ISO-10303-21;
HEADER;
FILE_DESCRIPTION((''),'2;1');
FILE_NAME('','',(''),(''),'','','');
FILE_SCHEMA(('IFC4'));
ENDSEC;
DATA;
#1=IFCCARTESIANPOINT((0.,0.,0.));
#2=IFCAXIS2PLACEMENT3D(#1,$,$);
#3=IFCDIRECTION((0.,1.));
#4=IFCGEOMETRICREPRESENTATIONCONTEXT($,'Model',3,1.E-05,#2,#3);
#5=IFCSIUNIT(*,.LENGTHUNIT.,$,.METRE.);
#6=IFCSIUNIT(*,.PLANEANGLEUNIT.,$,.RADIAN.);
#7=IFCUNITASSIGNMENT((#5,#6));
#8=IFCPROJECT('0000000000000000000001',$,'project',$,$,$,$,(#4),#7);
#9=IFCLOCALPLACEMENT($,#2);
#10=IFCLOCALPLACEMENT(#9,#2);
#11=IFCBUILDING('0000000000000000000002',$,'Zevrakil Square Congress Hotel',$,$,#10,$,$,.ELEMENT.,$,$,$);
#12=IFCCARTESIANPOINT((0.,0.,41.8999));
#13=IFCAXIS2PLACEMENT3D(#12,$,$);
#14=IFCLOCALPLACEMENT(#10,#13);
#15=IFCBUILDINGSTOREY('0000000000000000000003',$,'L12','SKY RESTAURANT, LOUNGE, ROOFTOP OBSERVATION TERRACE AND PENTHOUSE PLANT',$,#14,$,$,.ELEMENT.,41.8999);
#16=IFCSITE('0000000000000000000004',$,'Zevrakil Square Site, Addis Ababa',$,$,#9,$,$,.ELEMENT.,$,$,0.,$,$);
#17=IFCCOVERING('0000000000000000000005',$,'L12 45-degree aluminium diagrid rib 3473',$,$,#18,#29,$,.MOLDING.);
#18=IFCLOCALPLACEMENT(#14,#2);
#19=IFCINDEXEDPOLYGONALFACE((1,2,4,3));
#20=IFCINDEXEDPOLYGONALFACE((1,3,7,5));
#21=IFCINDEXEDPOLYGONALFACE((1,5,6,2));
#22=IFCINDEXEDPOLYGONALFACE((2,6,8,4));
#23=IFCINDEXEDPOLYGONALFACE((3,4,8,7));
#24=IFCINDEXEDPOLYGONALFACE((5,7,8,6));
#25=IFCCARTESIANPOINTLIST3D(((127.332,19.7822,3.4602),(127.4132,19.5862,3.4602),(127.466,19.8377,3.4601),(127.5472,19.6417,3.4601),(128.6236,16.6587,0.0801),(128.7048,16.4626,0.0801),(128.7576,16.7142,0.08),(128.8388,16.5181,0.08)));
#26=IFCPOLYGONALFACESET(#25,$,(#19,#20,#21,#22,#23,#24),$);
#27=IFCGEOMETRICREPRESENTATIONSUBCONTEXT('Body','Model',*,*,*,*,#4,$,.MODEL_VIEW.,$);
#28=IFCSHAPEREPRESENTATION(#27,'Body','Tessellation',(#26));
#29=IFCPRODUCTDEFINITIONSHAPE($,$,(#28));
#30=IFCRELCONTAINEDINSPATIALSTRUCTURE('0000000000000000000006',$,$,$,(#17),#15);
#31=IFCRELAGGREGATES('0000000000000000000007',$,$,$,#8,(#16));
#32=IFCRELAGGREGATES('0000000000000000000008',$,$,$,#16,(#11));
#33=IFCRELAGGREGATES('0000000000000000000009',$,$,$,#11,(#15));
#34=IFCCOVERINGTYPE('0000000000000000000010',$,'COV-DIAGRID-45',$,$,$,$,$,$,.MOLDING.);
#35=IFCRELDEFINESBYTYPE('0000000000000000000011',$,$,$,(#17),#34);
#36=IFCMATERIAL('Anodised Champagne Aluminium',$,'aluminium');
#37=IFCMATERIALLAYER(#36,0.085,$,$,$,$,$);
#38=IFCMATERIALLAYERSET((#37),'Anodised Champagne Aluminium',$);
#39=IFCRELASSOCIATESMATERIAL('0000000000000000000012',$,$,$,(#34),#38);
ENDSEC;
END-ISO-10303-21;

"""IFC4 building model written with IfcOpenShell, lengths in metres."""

from ifc_helpers import new_model, si_unit, direction, frame, origin, place, context, subcontext, project, spatial, polyline, outline, extrude, material, layer, layer_set, type_object, element, save


model = new_model("IFC4")

# Units and contexts
model_context = context("Model", 3, precision=1e-05, world=origin(), true_north=direction((0.0, 1.0)))
body_context = subcontext(model_context, "Body", "Model", "MODEL_VIEW")
ifc_project = project(units=[si_unit("LENGTHUNIT", "METRE"), si_unit("PLANEANGLEUNIT", "RADIAN")], contexts=[model_context])

# Site, building, storey
site_placement = place(None, origin())
site = spatial("IfcSite", under=ifc_project, at=site_placement, Name="Zevrakil Square Site, Addis Ababa", CompositionType="ELEMENT", RefElevation=0.0)
building_placement = place(site_placement, origin())
building = spatial("IfcBuilding", under=site, at=building_placement, Name="Zevrakil Square Congress Hotel", CompositionType="ELEMENT")
storey_placement = place(building_placement, frame((0.0, 0.0, 41.8999)))
storey = spatial("IfcBuildingStorey", under=building, at=storey_placement, Name="L12", Description="SKY RESTAURANT, LOUNGE, ROOFTOP OBSERVATION TERRACE AND PENTHOUSE PLANT", CompositionType="ELEMENT", Elevation=41.8999)

# Covering
ifc_material_1 = material(Name="Anodised Champagne Aluminium", Category="aluminium")
ifc_layer_1 = layer(ifc_material_1, 0.085)
ifc_layer_set_1 = layer_set([ifc_layer_1], Name="Anodised Champagne Aluminium")
covering_type_1 = type_object("IfcCoveringType", Name="COV-DIAGRID-45", PredefinedType="MOLDING", material=ifc_layer_set_1)
covering_1_placement = place(storey_placement, frame((127.332, 19.7822, 3.4602), z_axis=(-0.923926, -0.382572, 0.000476), x_axis=(0.382572, -0.923926, 0.0)))
element("IfcCovering", 1, at=covering_1_placement, inside=storey, type_object=covering_type_1, Name="L12 45-degree aluminium diagrid rib 3473", PredefinedType="MOLDING", context=body_context, shape_type="SweptSolid", body=[
    extrude(outline(polyline([(0.0, 0.0), (0.2121, 0.0), (3.5922, -3.3801), (3.38, -3.3801), (0.0, 0.0)])), origin(), (0.0, 0.0, -1.0), 0.145),
])

save(model, "model.ifc")
